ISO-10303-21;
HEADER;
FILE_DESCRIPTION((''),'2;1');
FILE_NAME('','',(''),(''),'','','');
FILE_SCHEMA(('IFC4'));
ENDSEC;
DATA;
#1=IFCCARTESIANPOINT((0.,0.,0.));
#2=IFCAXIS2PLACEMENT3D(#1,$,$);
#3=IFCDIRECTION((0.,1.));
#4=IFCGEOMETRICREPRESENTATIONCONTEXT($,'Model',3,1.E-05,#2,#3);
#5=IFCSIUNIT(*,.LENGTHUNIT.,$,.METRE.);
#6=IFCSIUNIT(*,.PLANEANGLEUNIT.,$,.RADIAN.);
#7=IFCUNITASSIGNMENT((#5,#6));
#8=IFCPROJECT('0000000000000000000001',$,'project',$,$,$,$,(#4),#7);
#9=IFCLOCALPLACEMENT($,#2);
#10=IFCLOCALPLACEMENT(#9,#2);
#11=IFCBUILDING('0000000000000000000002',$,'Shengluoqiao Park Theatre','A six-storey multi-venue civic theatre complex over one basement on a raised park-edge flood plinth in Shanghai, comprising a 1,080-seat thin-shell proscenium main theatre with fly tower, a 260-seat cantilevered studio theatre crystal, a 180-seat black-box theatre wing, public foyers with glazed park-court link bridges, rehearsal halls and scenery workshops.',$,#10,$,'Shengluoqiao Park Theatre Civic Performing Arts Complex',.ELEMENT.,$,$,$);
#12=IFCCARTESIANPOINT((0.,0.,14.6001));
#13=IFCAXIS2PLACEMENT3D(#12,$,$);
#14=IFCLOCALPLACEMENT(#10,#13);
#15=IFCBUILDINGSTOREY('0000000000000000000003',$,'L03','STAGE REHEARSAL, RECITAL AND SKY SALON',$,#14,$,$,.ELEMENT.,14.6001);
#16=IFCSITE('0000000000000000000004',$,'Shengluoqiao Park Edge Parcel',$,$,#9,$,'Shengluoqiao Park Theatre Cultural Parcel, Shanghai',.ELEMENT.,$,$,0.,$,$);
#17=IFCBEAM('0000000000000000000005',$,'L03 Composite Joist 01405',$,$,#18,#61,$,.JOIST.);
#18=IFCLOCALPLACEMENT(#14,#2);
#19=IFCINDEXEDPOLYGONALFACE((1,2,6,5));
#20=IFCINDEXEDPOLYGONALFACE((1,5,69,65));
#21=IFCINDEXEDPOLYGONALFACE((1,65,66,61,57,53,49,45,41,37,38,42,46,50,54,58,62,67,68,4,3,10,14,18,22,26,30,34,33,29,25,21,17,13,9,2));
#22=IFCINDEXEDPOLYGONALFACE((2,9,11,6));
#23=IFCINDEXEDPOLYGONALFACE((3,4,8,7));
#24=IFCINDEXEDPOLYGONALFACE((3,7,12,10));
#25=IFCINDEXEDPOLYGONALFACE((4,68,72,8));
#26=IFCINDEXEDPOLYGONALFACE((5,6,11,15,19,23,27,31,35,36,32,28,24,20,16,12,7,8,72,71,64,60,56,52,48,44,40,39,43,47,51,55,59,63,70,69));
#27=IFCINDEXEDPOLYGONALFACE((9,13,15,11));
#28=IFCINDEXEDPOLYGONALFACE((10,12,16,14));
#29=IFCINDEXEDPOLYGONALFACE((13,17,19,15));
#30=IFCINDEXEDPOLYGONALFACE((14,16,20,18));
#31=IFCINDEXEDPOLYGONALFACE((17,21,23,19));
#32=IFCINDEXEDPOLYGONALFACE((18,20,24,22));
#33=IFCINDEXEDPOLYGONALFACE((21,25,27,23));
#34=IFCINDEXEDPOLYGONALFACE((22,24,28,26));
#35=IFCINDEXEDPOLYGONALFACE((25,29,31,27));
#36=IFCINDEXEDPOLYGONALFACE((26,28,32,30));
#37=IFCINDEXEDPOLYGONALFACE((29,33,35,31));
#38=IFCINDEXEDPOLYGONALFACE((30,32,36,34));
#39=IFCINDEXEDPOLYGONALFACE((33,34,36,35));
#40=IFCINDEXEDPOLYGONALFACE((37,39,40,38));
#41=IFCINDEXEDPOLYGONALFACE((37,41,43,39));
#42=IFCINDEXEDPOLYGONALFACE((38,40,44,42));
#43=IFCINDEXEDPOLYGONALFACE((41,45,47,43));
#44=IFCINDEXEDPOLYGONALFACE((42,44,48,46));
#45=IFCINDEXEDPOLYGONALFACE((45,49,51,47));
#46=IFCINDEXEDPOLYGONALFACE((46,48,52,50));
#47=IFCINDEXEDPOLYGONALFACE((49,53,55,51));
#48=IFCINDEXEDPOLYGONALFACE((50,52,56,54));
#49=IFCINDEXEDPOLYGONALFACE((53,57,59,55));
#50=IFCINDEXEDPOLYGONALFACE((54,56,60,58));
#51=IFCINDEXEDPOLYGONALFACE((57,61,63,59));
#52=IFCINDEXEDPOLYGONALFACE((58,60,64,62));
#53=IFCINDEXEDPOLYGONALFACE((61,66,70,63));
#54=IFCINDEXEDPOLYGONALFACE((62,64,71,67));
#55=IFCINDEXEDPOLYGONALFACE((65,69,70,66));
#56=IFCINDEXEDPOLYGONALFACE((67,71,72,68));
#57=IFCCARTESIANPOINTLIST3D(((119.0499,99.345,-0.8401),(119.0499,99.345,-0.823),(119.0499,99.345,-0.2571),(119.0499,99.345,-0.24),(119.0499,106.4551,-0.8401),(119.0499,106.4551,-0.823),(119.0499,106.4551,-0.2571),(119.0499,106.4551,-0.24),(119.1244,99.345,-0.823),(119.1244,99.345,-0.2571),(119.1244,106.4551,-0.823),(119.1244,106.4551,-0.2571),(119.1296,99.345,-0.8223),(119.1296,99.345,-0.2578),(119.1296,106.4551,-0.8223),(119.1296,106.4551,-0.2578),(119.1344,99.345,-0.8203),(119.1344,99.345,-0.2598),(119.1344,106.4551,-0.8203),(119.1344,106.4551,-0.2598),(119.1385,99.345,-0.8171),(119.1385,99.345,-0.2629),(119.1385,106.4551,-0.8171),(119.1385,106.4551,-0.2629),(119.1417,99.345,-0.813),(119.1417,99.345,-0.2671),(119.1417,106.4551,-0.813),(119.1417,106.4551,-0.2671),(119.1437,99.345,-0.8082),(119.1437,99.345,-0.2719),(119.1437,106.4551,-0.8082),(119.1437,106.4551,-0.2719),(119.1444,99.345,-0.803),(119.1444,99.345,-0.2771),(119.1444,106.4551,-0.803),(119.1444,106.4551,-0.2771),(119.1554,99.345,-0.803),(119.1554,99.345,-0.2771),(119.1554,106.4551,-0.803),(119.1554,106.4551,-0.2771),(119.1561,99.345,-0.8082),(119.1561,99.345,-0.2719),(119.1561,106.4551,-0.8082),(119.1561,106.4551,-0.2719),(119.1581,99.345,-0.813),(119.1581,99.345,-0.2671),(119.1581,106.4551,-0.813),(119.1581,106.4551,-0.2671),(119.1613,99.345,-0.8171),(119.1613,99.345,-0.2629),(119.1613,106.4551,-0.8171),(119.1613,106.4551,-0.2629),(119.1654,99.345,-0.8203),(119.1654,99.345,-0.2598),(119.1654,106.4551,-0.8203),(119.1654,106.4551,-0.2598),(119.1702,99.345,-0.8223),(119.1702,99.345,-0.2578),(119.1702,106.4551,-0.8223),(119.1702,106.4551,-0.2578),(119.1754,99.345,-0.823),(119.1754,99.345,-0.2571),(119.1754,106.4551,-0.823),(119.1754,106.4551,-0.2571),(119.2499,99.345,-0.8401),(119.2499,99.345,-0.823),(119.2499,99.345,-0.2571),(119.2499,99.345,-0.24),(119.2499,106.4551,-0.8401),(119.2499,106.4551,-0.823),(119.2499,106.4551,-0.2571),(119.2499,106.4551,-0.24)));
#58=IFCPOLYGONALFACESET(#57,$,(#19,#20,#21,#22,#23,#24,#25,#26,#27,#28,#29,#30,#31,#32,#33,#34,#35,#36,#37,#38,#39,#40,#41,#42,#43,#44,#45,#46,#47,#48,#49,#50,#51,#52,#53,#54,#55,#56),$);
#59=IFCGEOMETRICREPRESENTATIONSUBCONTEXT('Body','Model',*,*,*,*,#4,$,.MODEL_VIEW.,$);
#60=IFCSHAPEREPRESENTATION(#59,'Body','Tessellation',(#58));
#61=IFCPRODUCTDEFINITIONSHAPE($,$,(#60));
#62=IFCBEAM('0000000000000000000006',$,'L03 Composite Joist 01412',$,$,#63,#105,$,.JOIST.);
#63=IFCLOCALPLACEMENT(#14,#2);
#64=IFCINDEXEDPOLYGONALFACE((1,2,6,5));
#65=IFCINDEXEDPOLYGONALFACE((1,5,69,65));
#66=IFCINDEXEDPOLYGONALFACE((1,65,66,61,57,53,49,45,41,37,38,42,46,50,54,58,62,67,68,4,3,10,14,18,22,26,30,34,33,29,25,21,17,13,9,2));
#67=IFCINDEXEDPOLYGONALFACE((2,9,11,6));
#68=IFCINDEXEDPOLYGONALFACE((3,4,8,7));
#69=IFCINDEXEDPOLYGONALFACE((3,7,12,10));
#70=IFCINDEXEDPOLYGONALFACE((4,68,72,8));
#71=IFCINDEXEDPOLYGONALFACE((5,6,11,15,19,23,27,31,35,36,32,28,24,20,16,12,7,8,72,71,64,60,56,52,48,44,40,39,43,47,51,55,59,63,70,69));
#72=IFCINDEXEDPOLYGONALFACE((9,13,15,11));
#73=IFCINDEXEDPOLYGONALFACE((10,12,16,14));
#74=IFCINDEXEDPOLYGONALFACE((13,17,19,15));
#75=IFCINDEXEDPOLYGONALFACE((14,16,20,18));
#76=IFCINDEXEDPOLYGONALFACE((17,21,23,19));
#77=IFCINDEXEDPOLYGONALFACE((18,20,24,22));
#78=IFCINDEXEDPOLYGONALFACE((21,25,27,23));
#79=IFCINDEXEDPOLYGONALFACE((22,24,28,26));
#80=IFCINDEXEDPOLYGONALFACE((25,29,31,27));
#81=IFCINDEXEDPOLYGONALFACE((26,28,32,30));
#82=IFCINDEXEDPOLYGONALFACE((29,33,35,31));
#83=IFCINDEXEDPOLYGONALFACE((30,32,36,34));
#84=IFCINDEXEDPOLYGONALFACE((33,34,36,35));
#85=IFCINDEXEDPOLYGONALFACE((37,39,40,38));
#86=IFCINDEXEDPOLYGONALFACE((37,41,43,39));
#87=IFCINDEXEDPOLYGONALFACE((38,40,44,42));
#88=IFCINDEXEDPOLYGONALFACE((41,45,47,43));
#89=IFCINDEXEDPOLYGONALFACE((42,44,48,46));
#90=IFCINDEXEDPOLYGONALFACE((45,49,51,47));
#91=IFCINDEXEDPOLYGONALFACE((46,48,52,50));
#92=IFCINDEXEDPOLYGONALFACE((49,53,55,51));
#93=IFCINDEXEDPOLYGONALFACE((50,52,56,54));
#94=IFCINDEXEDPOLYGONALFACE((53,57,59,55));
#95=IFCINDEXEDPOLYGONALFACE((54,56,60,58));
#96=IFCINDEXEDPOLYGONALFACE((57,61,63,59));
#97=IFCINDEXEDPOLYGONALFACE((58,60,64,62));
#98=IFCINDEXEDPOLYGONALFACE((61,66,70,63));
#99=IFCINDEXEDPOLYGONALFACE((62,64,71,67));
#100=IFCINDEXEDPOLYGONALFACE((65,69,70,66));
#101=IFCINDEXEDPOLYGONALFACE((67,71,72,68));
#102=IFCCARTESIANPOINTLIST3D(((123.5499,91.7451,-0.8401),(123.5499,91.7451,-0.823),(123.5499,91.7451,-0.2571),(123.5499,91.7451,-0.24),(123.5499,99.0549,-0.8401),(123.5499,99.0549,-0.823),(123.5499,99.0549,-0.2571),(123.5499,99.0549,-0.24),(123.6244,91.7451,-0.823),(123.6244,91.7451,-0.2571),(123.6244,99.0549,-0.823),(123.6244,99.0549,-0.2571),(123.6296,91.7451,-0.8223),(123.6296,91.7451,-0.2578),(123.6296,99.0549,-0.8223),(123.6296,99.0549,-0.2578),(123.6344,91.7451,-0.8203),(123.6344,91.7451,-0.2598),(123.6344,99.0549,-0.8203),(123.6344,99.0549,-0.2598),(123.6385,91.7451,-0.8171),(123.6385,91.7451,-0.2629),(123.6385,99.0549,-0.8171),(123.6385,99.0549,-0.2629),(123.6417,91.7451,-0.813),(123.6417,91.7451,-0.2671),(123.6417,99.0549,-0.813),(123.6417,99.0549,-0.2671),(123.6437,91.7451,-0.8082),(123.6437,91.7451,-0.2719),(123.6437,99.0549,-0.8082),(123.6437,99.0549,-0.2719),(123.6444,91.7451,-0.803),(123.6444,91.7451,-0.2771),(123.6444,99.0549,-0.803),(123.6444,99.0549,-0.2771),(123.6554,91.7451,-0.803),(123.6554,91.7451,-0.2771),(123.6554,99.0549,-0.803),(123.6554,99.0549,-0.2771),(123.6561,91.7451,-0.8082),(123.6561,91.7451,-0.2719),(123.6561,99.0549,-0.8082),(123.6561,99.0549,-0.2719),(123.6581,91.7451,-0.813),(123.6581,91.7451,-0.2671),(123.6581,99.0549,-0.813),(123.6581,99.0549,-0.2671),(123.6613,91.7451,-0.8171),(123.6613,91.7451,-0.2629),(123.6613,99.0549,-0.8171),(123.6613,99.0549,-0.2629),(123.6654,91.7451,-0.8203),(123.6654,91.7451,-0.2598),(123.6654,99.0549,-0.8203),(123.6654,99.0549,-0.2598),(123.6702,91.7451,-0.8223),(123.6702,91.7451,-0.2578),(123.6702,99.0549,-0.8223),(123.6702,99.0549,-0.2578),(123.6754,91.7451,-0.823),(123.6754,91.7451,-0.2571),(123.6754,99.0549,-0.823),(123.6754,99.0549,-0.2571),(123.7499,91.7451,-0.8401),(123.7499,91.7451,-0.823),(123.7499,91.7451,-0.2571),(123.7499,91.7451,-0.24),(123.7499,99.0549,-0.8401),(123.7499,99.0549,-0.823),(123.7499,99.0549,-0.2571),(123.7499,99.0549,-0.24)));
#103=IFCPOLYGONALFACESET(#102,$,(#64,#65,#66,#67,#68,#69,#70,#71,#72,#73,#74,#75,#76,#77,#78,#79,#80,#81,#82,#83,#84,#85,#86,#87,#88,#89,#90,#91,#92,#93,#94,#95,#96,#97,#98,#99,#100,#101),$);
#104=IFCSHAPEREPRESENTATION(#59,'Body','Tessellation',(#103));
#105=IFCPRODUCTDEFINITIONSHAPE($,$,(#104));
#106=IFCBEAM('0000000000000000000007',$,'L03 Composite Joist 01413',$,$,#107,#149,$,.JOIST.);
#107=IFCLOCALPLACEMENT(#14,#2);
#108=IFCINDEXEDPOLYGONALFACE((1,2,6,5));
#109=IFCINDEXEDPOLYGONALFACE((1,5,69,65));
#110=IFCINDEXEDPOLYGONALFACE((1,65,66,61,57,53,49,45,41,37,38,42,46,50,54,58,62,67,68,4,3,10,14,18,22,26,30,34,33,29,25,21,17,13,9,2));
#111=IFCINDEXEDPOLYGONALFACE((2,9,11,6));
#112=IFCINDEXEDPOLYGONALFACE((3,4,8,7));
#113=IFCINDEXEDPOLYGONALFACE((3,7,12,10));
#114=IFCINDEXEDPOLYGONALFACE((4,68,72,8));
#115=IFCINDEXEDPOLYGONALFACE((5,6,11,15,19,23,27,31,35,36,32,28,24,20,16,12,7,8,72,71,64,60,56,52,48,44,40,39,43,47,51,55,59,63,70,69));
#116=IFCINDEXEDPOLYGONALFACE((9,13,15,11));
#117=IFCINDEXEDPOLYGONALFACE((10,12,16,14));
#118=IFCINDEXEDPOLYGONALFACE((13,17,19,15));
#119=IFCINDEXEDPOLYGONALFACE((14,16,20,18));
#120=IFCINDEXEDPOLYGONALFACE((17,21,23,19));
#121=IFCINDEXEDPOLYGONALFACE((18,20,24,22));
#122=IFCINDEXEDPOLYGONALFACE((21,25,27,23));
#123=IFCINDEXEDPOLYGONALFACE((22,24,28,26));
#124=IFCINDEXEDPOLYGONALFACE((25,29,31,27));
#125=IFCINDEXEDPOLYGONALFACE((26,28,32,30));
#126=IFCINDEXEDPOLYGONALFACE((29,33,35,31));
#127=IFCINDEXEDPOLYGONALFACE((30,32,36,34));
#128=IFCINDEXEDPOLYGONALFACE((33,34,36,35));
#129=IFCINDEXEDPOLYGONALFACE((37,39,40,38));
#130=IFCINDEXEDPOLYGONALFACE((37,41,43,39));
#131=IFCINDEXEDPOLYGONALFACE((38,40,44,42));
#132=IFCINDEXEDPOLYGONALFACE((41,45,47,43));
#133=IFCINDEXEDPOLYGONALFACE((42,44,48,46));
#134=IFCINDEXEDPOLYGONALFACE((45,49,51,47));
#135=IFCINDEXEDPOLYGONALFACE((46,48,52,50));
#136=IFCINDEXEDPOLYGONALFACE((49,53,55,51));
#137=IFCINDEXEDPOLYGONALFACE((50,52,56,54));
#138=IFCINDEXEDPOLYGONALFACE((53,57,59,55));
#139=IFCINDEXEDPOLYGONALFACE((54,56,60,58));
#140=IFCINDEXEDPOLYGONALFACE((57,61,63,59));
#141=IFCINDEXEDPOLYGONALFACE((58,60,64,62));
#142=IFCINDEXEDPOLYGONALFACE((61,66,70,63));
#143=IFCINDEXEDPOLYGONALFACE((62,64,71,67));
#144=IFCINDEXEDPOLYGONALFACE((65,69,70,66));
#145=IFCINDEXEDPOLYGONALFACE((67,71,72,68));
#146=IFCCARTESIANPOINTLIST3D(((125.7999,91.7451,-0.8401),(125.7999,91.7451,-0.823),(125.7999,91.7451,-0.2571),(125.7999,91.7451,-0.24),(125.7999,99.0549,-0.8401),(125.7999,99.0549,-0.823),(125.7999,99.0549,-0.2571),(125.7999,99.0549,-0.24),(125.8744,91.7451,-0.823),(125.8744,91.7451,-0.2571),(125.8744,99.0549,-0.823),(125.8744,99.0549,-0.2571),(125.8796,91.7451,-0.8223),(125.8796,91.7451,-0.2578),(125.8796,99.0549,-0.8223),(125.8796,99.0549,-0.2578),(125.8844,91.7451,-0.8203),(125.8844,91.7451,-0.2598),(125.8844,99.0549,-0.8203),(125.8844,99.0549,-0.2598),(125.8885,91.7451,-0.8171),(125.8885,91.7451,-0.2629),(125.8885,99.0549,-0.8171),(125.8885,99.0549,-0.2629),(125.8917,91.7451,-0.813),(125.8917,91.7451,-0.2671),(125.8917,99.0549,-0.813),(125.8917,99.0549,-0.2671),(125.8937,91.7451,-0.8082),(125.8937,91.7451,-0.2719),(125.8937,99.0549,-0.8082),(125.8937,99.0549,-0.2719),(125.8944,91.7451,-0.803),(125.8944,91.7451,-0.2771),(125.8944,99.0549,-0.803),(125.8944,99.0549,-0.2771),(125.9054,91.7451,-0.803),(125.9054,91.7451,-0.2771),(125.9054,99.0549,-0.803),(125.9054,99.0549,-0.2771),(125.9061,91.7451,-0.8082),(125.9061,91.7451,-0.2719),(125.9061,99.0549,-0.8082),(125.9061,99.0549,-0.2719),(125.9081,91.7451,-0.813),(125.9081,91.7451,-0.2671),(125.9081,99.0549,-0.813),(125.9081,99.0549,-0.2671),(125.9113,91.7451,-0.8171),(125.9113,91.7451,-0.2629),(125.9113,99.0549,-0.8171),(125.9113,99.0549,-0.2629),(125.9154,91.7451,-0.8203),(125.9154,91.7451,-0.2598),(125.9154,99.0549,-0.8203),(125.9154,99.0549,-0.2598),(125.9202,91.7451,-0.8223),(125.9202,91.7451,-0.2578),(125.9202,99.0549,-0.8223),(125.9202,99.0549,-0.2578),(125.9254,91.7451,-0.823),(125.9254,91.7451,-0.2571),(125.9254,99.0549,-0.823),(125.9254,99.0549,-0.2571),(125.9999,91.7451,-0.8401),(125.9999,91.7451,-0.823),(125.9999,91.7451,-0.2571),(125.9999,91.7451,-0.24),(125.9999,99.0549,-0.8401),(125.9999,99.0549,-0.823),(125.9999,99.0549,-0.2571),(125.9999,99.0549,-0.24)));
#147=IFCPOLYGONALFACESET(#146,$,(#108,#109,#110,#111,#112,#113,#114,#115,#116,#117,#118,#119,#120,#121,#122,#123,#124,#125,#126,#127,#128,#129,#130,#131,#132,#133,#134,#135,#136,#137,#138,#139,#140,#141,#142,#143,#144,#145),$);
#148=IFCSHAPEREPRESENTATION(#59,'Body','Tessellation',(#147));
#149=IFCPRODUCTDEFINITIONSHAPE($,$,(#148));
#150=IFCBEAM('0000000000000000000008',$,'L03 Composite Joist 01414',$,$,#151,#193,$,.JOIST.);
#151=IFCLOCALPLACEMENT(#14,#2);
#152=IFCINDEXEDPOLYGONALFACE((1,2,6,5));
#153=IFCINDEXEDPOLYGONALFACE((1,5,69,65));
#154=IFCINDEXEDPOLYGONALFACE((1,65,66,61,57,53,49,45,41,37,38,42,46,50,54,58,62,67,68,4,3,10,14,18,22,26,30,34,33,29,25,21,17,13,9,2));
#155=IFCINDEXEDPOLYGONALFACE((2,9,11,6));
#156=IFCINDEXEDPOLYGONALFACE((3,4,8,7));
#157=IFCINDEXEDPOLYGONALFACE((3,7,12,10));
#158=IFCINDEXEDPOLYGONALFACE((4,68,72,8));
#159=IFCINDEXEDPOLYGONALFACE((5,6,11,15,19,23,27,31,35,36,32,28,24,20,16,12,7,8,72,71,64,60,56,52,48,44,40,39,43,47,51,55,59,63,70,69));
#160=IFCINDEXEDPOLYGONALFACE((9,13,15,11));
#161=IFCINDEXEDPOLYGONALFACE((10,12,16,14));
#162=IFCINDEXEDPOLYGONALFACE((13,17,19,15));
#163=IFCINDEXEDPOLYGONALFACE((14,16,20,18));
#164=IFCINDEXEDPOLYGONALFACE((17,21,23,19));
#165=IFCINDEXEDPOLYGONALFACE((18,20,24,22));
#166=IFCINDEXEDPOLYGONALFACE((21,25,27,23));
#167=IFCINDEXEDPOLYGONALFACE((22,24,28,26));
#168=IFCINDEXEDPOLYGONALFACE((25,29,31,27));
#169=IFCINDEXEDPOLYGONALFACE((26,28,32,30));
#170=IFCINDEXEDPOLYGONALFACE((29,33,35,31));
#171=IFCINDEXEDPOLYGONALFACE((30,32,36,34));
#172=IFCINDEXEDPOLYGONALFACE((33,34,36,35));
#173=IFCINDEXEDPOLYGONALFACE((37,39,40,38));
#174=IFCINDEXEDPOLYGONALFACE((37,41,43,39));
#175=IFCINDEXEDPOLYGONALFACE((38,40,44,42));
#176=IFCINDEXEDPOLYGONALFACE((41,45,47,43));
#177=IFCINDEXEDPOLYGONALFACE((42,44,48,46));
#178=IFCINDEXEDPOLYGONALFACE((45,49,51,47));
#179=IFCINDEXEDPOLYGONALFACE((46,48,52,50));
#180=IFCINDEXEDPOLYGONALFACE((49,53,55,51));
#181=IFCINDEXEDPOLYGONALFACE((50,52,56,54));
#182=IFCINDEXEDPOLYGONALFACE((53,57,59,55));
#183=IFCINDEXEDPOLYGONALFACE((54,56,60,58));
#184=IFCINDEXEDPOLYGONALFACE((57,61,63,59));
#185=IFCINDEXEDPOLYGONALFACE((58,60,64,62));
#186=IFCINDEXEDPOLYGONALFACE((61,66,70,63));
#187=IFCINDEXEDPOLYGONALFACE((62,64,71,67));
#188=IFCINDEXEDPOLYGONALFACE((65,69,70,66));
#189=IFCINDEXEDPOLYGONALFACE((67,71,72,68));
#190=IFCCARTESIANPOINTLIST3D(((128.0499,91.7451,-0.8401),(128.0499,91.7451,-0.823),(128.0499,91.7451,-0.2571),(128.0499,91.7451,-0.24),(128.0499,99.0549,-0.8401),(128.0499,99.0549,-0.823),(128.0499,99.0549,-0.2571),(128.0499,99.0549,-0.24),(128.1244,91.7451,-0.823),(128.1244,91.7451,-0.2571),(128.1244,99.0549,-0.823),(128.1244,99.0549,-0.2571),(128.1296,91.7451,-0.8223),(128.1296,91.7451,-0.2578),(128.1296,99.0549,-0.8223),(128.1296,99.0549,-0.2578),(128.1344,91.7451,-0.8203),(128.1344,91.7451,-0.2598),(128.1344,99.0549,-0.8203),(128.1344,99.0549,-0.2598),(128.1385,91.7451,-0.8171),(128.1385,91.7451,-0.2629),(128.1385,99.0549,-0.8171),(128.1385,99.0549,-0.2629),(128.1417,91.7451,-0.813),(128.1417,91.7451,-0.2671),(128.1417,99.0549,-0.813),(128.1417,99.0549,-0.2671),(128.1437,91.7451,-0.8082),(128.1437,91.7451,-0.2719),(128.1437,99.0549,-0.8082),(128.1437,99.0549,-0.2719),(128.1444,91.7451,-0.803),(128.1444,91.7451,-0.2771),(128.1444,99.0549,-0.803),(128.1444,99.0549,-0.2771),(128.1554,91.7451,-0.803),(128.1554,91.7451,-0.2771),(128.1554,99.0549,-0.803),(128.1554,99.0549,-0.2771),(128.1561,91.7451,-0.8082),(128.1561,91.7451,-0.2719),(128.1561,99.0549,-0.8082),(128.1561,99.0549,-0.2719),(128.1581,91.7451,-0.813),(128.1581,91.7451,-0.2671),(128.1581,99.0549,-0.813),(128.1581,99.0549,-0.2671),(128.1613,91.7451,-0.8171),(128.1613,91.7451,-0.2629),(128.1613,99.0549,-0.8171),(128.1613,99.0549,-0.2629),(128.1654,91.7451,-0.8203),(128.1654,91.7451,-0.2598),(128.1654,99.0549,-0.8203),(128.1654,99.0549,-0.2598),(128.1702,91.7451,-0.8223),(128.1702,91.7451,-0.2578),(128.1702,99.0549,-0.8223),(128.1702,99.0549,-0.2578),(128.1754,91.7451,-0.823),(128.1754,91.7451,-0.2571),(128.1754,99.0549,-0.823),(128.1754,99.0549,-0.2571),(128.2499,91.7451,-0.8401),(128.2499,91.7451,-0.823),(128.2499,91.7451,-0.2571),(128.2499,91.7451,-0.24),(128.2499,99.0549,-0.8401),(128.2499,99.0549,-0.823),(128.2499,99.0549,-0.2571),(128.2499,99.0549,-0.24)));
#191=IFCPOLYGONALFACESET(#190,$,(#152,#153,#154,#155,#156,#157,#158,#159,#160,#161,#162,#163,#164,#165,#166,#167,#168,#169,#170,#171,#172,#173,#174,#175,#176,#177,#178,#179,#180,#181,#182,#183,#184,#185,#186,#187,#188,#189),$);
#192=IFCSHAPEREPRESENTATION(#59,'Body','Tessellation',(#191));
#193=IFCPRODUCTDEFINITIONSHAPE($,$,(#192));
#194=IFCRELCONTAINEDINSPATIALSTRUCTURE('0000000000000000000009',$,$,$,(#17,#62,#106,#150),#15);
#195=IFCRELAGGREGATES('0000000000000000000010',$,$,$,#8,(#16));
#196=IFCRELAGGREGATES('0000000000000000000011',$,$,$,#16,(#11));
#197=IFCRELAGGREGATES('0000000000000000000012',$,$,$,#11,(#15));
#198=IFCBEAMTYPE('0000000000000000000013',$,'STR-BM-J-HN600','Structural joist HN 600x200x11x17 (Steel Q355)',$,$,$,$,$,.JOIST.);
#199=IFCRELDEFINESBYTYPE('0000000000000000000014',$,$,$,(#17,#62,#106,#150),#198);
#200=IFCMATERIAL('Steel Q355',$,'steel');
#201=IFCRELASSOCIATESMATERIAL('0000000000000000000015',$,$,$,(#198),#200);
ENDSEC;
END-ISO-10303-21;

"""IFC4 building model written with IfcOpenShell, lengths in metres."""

from ifc_helpers import new_model, si_unit, direction, frame, origin, origin_2d, place, context, subcontext, project, spatial, i_section, extrude, material, material_profile, profile_set, type_object, element, save


model = new_model("IFC4")

# Units and contexts
model_context = context("Model", 3, precision=1e-05, world=origin(), true_north=direction((0.0, 1.0)))
body_context = subcontext(model_context, "Body", "Model", "MODEL_VIEW")
ifc_project = project(units=[si_unit("LENGTHUNIT", "METRE"), si_unit("PLANEANGLEUNIT", "RADIAN")], contexts=[model_context])

# Site, building, storey
site_placement = place(None, origin())
site = spatial("IfcSite", under=ifc_project, at=site_placement, Name="Shengluoqiao Park Edge Parcel", LongName="Shengluoqiao Park Theatre Cultural Parcel, Shanghai", CompositionType="ELEMENT", RefElevation=0.0)
building_placement = place(site_placement, origin())
building = spatial("IfcBuilding", under=site, at=building_placement, Name="Shengluoqiao Park Theatre", Description="A six-storey multi-venue civic theatre complex over one basement on a raised park-edge flood plinth in Shanghai, comprising a 1,080-seat thin-shell proscenium main theatre with fly tower, a 260-seat cantilevered studio theatre crystal, a 180-seat black-box theatre wing, public foyers with glazed park-court link bridges, rehearsal halls and scenery workshops.", LongName="Shengluoqiao Park Theatre Civic Performing Arts Complex", CompositionType="ELEMENT")
storey_placement = place(building_placement, frame((0.0, 0.0, 14.6001)))
storey = spatial("IfcBuildingStorey", under=building, at=storey_placement, Name="L03", Description="STAGE REHEARSAL, RECITAL AND SKY SALON", CompositionType="ELEMENT", Elevation=14.6001)

# Beams
ifc_material_1 = material(Name="Steel Q355", Category="steel")
ifc_material_profile_1 = material_profile(ifc_material_1, i_section(OverallWidth=0.2, OverallDepth=0.6001, WebThickness=0.011, FlangeThickness=0.0171, FilletRadius=0.02, at=origin_2d()), Name="HN 600x200x11x17")
ifc_profile_set_1 = profile_set([ifc_material_profile_1], Name="Steel Q355")
beam_type_1 = type_object("IfcBeamType", Name="STR-BM-J-HN600", Description="Structural joist HN 600x200x11x17 (Steel Q355)", PredefinedType="JOIST", material=ifc_profile_set_1)
for number, where, z_axis, x_axis, name in (
    (1, (119.1499, 99.345, -0.54), (0.0, 1.0, 0.0), (-1.0, 0.0, 0.0), "L03 Composite Joist 01405"),
):
    element("IfcBeam", number, at=place(storey_placement, frame(where, z_axis=z_axis, x_axis=x_axis)), inside=storey, type_object=beam_type_1, Name=name, PredefinedType="JOIST", context=body_context, shape_type="SweptSolid", body=[
        extrude(i_section(OverallWidth=0.2, OverallDepth=0.6001, WebThickness=0.011, FlangeThickness=0.0171, FilletRadius=0.02, at=origin_2d()), origin(), (0.0, 0.0, 1.0), 7.1101),
    ])
for number, where, z_axis, x_axis, name in (
    (2, (123.6499, 91.7451, -0.54), (0.0, 1.0, 0.0), (-1.0, 0.0, 0.0), "L03 Composite Joist 01412"),
    (3, (125.8999, 91.7451, -0.54), (0.0, 1.0, 0.0), (-1.0, 0.0, 0.0), "L03 Composite Joist 01413"),
    (4, (128.1499, 91.7451, -0.54), (0.0, 1.0, 0.0), (-1.0, 0.0, 0.0), "L03 Composite Joist 01414"),
):
    element("IfcBeam", number, at=place(storey_placement, frame(where, z_axis=z_axis, x_axis=x_axis)), inside=storey, type_object=beam_type_1, Name=name, PredefinedType="JOIST", context=body_context, shape_type="SweptSolid", body=[
        extrude(i_section(OverallWidth=0.2, OverallDepth=0.6001, WebThickness=0.011, FlangeThickness=0.0171, FilletRadius=0.02, at=origin_2d()), origin(), (0.0, 0.0, 1.0), 7.3098),
    ])

save(model, "model.ifc")
